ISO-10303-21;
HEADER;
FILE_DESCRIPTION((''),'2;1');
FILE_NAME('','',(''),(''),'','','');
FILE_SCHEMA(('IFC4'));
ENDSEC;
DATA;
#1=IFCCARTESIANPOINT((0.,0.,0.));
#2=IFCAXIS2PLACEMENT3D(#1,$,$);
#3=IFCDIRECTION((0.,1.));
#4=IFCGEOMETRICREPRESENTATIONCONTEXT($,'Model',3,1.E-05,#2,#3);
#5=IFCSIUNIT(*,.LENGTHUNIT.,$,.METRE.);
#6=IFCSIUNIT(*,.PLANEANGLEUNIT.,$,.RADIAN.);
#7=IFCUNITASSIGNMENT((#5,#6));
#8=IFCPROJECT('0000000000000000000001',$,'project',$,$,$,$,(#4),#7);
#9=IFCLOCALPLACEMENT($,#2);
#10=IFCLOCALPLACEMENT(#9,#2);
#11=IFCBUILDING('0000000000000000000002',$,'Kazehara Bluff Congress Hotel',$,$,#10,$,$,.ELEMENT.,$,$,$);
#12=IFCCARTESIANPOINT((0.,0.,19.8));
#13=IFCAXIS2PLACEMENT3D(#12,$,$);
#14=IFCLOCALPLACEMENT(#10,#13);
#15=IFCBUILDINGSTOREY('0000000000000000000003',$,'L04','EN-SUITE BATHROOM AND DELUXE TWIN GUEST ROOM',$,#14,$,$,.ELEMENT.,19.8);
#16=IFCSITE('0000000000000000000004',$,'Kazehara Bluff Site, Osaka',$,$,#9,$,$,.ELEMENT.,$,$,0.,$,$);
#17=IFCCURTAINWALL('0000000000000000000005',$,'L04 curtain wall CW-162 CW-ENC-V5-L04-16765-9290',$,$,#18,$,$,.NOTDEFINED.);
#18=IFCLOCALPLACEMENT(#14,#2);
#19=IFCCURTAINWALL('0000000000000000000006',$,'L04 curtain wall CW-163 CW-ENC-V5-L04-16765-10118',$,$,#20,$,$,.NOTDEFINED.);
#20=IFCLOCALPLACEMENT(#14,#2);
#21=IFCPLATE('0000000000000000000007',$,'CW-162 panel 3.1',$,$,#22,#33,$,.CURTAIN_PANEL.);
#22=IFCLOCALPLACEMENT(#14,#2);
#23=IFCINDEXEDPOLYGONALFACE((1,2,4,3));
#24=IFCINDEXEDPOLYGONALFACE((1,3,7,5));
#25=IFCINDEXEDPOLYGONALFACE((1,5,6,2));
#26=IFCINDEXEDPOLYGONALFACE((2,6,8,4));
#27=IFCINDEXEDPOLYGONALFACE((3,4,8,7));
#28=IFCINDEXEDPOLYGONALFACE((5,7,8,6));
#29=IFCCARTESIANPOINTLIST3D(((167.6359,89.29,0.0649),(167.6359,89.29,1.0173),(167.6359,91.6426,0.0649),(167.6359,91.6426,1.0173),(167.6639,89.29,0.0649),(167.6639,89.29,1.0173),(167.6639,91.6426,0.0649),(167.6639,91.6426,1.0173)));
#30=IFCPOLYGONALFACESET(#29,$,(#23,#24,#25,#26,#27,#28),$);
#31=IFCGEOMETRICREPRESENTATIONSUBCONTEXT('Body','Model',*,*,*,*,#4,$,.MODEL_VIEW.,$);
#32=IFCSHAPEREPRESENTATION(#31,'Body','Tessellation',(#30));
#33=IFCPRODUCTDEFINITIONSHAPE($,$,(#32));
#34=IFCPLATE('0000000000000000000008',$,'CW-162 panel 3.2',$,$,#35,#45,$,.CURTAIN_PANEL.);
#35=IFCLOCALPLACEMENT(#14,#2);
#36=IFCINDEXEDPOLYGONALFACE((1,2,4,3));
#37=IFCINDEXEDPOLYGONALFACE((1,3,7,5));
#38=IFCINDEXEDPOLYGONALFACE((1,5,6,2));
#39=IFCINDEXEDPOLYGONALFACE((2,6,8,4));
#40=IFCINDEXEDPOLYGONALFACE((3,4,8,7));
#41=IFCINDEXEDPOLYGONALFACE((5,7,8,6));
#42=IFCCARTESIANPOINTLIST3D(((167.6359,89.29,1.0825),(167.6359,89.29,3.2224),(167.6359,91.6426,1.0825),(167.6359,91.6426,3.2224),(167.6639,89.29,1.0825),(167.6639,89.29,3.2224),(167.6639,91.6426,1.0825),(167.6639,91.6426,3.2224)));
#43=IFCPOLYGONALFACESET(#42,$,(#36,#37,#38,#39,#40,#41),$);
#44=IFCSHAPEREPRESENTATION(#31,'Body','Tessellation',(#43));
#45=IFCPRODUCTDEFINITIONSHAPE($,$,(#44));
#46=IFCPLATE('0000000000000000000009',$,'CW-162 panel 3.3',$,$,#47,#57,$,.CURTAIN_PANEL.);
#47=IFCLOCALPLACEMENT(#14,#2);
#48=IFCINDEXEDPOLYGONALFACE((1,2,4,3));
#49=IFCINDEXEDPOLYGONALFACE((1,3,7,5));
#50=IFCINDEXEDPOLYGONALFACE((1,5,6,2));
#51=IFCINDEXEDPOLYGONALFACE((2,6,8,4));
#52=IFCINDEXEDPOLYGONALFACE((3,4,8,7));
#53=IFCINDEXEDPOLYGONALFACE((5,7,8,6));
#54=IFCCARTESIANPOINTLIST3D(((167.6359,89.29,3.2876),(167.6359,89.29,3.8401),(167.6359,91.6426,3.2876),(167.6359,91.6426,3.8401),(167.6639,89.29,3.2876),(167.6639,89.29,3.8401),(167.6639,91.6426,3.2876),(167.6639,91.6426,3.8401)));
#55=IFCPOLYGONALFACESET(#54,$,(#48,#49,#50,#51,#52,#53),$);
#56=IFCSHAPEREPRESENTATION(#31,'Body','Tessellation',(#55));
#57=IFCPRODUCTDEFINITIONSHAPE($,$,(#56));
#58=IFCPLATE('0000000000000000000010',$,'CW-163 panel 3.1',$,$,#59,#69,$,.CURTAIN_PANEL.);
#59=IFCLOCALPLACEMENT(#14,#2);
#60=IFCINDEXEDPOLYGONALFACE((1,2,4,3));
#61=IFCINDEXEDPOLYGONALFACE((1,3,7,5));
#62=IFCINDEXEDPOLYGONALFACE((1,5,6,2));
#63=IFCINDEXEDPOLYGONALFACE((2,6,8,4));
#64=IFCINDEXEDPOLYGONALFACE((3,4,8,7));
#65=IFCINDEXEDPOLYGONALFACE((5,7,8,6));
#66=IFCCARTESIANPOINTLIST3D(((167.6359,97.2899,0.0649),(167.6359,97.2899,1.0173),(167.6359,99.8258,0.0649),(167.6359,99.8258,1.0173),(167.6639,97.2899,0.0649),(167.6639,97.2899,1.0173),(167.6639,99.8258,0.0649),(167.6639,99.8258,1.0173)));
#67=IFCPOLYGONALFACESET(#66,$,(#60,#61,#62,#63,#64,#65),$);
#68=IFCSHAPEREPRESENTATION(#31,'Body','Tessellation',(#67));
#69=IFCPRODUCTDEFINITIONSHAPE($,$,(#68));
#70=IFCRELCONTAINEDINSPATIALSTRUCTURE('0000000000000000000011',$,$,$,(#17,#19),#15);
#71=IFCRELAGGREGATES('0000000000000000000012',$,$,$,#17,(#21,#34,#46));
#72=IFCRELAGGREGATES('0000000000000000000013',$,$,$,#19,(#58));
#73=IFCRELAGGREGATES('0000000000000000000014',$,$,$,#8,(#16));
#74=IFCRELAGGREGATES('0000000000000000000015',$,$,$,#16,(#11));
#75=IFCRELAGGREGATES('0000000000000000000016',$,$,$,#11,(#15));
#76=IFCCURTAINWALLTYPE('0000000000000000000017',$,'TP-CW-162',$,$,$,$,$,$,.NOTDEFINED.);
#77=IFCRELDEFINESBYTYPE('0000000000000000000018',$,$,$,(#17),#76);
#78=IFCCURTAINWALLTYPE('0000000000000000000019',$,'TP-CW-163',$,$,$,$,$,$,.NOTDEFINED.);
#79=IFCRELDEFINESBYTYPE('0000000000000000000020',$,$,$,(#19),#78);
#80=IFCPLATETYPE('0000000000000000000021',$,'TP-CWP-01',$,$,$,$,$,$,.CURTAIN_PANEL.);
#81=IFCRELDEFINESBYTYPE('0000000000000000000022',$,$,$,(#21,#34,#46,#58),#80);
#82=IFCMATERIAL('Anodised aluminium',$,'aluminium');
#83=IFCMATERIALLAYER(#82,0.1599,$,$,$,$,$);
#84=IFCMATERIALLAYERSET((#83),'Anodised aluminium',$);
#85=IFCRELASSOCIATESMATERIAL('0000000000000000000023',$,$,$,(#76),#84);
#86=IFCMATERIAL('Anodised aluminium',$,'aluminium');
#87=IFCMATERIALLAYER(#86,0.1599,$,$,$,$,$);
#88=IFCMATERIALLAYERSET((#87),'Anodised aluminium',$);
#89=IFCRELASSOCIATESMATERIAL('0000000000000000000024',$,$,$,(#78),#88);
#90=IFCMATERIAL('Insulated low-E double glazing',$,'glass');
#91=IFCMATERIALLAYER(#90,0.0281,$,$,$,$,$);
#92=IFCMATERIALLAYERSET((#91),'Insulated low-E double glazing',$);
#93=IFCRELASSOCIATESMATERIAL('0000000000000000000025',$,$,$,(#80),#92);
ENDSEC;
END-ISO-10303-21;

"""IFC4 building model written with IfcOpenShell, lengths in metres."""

from ifc_helpers import new_model, si_unit, direction, frame, origin, origin_2d, place, context, subcontext, project, spatial, rectangle, extrude, material, layer, layer_set, type_object, element, aggregate, save


model = new_model("IFC4")

# Units and contexts
model_context = context("Model", 3, precision=1e-05, world=origin(), true_north=direction((0.0, 1.0)))
body_context = subcontext(model_context, "Body", "Model", "MODEL_VIEW")
ifc_project = project(units=[si_unit("LENGTHUNIT", "METRE"), si_unit("PLANEANGLEUNIT", "RADIAN")], contexts=[model_context])

# Site, building, storey
site_placement = place(None, origin())
site = spatial("IfcSite", under=ifc_project, at=site_placement, Name="Kazehara Bluff Site, Osaka", CompositionType="ELEMENT", RefElevation=0.0)
building_placement = place(site_placement, origin())
building = spatial("IfcBuilding", under=site, at=building_placement, Name="Kazehara Bluff Congress Hotel", CompositionType="ELEMENT")
storey_placement = place(building_placement, frame((0.0, 0.0, 19.8)))
storey = spatial("IfcBuildingStorey", under=building, at=storey_placement, Name="L04", Description="EN-SUITE BATHROOM AND DELUXE TWIN GUEST ROOM", CompositionType="ELEMENT", Elevation=19.8)

# Curtain wall
ifc_material_1 = material(Name="Anodised aluminium", Category="aluminium")
ifc_layer_1 = layer(ifc_material_1, 0.1599)
ifc_layer_set_1 = layer_set([ifc_layer_1], Name="Anodised aluminium")
curtain_wall_type_1 = type_object("IfcCurtainWallType", Name="TP-CW-162", PredefinedType="NOTDEFINED", material=ifc_layer_set_1)
curtain_wall_1_placement = place(storey_placement, origin())
curtain_wall_1 = element("IfcCurtainWall", 1, at=curtain_wall_1_placement, inside=storey, type_object=curtain_wall_type_1, Name="L04 curtain wall CW-162 CW-ENC-V5-L04-16765-9290", PredefinedType="NOTDEFINED")

# Curtain wall
ifc_material_2 = material(Name="Anodised aluminium", Category="aluminium")
ifc_layer_2 = layer(ifc_material_2, 0.1599)
ifc_layer_set_2 = layer_set([ifc_layer_2], Name="Anodised aluminium")
curtain_wall_type_2 = type_object("IfcCurtainWallType", Name="TP-CW-163", PredefinedType="NOTDEFINED", material=ifc_layer_set_2)
curtain_wall_2_placement = place(storey_placement, origin())
curtain_wall_2 = element("IfcCurtainWall", 2, at=curtain_wall_2_placement, inside=storey, type_object=curtain_wall_type_2, Name="L04 curtain wall CW-163 CW-ENC-V5-L04-16765-10118", PredefinedType="NOTDEFINED")

# Plates
ifc_material_3 = material(Name="Insulated low-E double glazing", Category="glass")
ifc_layer_3 = layer(ifc_material_3, 0.0281)
ifc_layer_set_3 = layer_set([ifc_layer_3], Name="Insulated low-E double glazing")
plate_type = type_object("IfcPlateType", Name="TP-CWP-01", PredefinedType="CURTAIN_PANEL", material=ifc_layer_set_3)
plate_1_placement = place(storey_placement, frame((167.6499, 90.4663, 0.0649), z_axis=(0.0, 0.0, 1.0), x_axis=(0.0, -1.0, 0.0)))
plate_1 = element("IfcPlate", 3, at=plate_1_placement, type_object=plate_type, Name="CW-162 panel 3.1", PredefinedType="CURTAIN_PANEL", context=body_context, shape_type="SweptSolid", body=[
    extrude(rectangle(XDim=2.3525, YDim=0.0281, at=origin_2d()), origin(), (0.0, 0.0, 1.0), 0.9524),
])
plate_2_placement = place(storey_placement, frame((167.6499, 90.4663, 1.0825), z_axis=(0.0, 0.0, 1.0), x_axis=(0.0, -1.0, 0.0)))
plate_2 = element("IfcPlate", 4, at=plate_2_placement, type_object=plate_type, Name="CW-162 panel 3.2", PredefinedType="CURTAIN_PANEL", context=body_context, shape_type="SweptSolid", body=[
    extrude(rectangle(XDim=2.3525, YDim=0.0281, at=origin_2d()), origin(), (0.0, 0.0, 1.0), 2.1399),
])
plate_3_placement = place(storey_placement, frame((167.6499, 90.4663, 3.2876), z_axis=(0.0, 0.0, 1.0), x_axis=(0.0, -1.0, 0.0)))
plate_3 = element("IfcPlate", 5, at=plate_3_placement, type_object=plate_type, Name="CW-162 panel 3.3", PredefinedType="CURTAIN_PANEL", context=body_context, shape_type="SweptSolid", body=[
    extrude(rectangle(XDim=2.3525, YDim=0.0281, at=origin_2d()), origin(), (0.0, 0.0, 1.0), 0.5525),
])
aggregate(curtain_wall_1, [plate_1, plate_2, plate_3])
plate_4_placement = place(storey_placement, frame((167.6499, 98.5579, 0.0649), z_axis=(0.0, 0.0, 1.0), x_axis=(0.0, -1.0, 0.0)))
plate_4 = element("IfcPlate", 6, at=plate_4_placement, type_object=plate_type, Name="CW-163 panel 3.1", PredefinedType="CURTAIN_PANEL", context=body_context, shape_type="SweptSolid", body=[
    extrude(rectangle(XDim=2.5359, YDim=0.0281, at=origin_2d()), origin(), (0.0, 0.0, 1.0), 0.9524),
])
aggregate(curtain_wall_2, [plate_4])

save(model, "model.ifc")
